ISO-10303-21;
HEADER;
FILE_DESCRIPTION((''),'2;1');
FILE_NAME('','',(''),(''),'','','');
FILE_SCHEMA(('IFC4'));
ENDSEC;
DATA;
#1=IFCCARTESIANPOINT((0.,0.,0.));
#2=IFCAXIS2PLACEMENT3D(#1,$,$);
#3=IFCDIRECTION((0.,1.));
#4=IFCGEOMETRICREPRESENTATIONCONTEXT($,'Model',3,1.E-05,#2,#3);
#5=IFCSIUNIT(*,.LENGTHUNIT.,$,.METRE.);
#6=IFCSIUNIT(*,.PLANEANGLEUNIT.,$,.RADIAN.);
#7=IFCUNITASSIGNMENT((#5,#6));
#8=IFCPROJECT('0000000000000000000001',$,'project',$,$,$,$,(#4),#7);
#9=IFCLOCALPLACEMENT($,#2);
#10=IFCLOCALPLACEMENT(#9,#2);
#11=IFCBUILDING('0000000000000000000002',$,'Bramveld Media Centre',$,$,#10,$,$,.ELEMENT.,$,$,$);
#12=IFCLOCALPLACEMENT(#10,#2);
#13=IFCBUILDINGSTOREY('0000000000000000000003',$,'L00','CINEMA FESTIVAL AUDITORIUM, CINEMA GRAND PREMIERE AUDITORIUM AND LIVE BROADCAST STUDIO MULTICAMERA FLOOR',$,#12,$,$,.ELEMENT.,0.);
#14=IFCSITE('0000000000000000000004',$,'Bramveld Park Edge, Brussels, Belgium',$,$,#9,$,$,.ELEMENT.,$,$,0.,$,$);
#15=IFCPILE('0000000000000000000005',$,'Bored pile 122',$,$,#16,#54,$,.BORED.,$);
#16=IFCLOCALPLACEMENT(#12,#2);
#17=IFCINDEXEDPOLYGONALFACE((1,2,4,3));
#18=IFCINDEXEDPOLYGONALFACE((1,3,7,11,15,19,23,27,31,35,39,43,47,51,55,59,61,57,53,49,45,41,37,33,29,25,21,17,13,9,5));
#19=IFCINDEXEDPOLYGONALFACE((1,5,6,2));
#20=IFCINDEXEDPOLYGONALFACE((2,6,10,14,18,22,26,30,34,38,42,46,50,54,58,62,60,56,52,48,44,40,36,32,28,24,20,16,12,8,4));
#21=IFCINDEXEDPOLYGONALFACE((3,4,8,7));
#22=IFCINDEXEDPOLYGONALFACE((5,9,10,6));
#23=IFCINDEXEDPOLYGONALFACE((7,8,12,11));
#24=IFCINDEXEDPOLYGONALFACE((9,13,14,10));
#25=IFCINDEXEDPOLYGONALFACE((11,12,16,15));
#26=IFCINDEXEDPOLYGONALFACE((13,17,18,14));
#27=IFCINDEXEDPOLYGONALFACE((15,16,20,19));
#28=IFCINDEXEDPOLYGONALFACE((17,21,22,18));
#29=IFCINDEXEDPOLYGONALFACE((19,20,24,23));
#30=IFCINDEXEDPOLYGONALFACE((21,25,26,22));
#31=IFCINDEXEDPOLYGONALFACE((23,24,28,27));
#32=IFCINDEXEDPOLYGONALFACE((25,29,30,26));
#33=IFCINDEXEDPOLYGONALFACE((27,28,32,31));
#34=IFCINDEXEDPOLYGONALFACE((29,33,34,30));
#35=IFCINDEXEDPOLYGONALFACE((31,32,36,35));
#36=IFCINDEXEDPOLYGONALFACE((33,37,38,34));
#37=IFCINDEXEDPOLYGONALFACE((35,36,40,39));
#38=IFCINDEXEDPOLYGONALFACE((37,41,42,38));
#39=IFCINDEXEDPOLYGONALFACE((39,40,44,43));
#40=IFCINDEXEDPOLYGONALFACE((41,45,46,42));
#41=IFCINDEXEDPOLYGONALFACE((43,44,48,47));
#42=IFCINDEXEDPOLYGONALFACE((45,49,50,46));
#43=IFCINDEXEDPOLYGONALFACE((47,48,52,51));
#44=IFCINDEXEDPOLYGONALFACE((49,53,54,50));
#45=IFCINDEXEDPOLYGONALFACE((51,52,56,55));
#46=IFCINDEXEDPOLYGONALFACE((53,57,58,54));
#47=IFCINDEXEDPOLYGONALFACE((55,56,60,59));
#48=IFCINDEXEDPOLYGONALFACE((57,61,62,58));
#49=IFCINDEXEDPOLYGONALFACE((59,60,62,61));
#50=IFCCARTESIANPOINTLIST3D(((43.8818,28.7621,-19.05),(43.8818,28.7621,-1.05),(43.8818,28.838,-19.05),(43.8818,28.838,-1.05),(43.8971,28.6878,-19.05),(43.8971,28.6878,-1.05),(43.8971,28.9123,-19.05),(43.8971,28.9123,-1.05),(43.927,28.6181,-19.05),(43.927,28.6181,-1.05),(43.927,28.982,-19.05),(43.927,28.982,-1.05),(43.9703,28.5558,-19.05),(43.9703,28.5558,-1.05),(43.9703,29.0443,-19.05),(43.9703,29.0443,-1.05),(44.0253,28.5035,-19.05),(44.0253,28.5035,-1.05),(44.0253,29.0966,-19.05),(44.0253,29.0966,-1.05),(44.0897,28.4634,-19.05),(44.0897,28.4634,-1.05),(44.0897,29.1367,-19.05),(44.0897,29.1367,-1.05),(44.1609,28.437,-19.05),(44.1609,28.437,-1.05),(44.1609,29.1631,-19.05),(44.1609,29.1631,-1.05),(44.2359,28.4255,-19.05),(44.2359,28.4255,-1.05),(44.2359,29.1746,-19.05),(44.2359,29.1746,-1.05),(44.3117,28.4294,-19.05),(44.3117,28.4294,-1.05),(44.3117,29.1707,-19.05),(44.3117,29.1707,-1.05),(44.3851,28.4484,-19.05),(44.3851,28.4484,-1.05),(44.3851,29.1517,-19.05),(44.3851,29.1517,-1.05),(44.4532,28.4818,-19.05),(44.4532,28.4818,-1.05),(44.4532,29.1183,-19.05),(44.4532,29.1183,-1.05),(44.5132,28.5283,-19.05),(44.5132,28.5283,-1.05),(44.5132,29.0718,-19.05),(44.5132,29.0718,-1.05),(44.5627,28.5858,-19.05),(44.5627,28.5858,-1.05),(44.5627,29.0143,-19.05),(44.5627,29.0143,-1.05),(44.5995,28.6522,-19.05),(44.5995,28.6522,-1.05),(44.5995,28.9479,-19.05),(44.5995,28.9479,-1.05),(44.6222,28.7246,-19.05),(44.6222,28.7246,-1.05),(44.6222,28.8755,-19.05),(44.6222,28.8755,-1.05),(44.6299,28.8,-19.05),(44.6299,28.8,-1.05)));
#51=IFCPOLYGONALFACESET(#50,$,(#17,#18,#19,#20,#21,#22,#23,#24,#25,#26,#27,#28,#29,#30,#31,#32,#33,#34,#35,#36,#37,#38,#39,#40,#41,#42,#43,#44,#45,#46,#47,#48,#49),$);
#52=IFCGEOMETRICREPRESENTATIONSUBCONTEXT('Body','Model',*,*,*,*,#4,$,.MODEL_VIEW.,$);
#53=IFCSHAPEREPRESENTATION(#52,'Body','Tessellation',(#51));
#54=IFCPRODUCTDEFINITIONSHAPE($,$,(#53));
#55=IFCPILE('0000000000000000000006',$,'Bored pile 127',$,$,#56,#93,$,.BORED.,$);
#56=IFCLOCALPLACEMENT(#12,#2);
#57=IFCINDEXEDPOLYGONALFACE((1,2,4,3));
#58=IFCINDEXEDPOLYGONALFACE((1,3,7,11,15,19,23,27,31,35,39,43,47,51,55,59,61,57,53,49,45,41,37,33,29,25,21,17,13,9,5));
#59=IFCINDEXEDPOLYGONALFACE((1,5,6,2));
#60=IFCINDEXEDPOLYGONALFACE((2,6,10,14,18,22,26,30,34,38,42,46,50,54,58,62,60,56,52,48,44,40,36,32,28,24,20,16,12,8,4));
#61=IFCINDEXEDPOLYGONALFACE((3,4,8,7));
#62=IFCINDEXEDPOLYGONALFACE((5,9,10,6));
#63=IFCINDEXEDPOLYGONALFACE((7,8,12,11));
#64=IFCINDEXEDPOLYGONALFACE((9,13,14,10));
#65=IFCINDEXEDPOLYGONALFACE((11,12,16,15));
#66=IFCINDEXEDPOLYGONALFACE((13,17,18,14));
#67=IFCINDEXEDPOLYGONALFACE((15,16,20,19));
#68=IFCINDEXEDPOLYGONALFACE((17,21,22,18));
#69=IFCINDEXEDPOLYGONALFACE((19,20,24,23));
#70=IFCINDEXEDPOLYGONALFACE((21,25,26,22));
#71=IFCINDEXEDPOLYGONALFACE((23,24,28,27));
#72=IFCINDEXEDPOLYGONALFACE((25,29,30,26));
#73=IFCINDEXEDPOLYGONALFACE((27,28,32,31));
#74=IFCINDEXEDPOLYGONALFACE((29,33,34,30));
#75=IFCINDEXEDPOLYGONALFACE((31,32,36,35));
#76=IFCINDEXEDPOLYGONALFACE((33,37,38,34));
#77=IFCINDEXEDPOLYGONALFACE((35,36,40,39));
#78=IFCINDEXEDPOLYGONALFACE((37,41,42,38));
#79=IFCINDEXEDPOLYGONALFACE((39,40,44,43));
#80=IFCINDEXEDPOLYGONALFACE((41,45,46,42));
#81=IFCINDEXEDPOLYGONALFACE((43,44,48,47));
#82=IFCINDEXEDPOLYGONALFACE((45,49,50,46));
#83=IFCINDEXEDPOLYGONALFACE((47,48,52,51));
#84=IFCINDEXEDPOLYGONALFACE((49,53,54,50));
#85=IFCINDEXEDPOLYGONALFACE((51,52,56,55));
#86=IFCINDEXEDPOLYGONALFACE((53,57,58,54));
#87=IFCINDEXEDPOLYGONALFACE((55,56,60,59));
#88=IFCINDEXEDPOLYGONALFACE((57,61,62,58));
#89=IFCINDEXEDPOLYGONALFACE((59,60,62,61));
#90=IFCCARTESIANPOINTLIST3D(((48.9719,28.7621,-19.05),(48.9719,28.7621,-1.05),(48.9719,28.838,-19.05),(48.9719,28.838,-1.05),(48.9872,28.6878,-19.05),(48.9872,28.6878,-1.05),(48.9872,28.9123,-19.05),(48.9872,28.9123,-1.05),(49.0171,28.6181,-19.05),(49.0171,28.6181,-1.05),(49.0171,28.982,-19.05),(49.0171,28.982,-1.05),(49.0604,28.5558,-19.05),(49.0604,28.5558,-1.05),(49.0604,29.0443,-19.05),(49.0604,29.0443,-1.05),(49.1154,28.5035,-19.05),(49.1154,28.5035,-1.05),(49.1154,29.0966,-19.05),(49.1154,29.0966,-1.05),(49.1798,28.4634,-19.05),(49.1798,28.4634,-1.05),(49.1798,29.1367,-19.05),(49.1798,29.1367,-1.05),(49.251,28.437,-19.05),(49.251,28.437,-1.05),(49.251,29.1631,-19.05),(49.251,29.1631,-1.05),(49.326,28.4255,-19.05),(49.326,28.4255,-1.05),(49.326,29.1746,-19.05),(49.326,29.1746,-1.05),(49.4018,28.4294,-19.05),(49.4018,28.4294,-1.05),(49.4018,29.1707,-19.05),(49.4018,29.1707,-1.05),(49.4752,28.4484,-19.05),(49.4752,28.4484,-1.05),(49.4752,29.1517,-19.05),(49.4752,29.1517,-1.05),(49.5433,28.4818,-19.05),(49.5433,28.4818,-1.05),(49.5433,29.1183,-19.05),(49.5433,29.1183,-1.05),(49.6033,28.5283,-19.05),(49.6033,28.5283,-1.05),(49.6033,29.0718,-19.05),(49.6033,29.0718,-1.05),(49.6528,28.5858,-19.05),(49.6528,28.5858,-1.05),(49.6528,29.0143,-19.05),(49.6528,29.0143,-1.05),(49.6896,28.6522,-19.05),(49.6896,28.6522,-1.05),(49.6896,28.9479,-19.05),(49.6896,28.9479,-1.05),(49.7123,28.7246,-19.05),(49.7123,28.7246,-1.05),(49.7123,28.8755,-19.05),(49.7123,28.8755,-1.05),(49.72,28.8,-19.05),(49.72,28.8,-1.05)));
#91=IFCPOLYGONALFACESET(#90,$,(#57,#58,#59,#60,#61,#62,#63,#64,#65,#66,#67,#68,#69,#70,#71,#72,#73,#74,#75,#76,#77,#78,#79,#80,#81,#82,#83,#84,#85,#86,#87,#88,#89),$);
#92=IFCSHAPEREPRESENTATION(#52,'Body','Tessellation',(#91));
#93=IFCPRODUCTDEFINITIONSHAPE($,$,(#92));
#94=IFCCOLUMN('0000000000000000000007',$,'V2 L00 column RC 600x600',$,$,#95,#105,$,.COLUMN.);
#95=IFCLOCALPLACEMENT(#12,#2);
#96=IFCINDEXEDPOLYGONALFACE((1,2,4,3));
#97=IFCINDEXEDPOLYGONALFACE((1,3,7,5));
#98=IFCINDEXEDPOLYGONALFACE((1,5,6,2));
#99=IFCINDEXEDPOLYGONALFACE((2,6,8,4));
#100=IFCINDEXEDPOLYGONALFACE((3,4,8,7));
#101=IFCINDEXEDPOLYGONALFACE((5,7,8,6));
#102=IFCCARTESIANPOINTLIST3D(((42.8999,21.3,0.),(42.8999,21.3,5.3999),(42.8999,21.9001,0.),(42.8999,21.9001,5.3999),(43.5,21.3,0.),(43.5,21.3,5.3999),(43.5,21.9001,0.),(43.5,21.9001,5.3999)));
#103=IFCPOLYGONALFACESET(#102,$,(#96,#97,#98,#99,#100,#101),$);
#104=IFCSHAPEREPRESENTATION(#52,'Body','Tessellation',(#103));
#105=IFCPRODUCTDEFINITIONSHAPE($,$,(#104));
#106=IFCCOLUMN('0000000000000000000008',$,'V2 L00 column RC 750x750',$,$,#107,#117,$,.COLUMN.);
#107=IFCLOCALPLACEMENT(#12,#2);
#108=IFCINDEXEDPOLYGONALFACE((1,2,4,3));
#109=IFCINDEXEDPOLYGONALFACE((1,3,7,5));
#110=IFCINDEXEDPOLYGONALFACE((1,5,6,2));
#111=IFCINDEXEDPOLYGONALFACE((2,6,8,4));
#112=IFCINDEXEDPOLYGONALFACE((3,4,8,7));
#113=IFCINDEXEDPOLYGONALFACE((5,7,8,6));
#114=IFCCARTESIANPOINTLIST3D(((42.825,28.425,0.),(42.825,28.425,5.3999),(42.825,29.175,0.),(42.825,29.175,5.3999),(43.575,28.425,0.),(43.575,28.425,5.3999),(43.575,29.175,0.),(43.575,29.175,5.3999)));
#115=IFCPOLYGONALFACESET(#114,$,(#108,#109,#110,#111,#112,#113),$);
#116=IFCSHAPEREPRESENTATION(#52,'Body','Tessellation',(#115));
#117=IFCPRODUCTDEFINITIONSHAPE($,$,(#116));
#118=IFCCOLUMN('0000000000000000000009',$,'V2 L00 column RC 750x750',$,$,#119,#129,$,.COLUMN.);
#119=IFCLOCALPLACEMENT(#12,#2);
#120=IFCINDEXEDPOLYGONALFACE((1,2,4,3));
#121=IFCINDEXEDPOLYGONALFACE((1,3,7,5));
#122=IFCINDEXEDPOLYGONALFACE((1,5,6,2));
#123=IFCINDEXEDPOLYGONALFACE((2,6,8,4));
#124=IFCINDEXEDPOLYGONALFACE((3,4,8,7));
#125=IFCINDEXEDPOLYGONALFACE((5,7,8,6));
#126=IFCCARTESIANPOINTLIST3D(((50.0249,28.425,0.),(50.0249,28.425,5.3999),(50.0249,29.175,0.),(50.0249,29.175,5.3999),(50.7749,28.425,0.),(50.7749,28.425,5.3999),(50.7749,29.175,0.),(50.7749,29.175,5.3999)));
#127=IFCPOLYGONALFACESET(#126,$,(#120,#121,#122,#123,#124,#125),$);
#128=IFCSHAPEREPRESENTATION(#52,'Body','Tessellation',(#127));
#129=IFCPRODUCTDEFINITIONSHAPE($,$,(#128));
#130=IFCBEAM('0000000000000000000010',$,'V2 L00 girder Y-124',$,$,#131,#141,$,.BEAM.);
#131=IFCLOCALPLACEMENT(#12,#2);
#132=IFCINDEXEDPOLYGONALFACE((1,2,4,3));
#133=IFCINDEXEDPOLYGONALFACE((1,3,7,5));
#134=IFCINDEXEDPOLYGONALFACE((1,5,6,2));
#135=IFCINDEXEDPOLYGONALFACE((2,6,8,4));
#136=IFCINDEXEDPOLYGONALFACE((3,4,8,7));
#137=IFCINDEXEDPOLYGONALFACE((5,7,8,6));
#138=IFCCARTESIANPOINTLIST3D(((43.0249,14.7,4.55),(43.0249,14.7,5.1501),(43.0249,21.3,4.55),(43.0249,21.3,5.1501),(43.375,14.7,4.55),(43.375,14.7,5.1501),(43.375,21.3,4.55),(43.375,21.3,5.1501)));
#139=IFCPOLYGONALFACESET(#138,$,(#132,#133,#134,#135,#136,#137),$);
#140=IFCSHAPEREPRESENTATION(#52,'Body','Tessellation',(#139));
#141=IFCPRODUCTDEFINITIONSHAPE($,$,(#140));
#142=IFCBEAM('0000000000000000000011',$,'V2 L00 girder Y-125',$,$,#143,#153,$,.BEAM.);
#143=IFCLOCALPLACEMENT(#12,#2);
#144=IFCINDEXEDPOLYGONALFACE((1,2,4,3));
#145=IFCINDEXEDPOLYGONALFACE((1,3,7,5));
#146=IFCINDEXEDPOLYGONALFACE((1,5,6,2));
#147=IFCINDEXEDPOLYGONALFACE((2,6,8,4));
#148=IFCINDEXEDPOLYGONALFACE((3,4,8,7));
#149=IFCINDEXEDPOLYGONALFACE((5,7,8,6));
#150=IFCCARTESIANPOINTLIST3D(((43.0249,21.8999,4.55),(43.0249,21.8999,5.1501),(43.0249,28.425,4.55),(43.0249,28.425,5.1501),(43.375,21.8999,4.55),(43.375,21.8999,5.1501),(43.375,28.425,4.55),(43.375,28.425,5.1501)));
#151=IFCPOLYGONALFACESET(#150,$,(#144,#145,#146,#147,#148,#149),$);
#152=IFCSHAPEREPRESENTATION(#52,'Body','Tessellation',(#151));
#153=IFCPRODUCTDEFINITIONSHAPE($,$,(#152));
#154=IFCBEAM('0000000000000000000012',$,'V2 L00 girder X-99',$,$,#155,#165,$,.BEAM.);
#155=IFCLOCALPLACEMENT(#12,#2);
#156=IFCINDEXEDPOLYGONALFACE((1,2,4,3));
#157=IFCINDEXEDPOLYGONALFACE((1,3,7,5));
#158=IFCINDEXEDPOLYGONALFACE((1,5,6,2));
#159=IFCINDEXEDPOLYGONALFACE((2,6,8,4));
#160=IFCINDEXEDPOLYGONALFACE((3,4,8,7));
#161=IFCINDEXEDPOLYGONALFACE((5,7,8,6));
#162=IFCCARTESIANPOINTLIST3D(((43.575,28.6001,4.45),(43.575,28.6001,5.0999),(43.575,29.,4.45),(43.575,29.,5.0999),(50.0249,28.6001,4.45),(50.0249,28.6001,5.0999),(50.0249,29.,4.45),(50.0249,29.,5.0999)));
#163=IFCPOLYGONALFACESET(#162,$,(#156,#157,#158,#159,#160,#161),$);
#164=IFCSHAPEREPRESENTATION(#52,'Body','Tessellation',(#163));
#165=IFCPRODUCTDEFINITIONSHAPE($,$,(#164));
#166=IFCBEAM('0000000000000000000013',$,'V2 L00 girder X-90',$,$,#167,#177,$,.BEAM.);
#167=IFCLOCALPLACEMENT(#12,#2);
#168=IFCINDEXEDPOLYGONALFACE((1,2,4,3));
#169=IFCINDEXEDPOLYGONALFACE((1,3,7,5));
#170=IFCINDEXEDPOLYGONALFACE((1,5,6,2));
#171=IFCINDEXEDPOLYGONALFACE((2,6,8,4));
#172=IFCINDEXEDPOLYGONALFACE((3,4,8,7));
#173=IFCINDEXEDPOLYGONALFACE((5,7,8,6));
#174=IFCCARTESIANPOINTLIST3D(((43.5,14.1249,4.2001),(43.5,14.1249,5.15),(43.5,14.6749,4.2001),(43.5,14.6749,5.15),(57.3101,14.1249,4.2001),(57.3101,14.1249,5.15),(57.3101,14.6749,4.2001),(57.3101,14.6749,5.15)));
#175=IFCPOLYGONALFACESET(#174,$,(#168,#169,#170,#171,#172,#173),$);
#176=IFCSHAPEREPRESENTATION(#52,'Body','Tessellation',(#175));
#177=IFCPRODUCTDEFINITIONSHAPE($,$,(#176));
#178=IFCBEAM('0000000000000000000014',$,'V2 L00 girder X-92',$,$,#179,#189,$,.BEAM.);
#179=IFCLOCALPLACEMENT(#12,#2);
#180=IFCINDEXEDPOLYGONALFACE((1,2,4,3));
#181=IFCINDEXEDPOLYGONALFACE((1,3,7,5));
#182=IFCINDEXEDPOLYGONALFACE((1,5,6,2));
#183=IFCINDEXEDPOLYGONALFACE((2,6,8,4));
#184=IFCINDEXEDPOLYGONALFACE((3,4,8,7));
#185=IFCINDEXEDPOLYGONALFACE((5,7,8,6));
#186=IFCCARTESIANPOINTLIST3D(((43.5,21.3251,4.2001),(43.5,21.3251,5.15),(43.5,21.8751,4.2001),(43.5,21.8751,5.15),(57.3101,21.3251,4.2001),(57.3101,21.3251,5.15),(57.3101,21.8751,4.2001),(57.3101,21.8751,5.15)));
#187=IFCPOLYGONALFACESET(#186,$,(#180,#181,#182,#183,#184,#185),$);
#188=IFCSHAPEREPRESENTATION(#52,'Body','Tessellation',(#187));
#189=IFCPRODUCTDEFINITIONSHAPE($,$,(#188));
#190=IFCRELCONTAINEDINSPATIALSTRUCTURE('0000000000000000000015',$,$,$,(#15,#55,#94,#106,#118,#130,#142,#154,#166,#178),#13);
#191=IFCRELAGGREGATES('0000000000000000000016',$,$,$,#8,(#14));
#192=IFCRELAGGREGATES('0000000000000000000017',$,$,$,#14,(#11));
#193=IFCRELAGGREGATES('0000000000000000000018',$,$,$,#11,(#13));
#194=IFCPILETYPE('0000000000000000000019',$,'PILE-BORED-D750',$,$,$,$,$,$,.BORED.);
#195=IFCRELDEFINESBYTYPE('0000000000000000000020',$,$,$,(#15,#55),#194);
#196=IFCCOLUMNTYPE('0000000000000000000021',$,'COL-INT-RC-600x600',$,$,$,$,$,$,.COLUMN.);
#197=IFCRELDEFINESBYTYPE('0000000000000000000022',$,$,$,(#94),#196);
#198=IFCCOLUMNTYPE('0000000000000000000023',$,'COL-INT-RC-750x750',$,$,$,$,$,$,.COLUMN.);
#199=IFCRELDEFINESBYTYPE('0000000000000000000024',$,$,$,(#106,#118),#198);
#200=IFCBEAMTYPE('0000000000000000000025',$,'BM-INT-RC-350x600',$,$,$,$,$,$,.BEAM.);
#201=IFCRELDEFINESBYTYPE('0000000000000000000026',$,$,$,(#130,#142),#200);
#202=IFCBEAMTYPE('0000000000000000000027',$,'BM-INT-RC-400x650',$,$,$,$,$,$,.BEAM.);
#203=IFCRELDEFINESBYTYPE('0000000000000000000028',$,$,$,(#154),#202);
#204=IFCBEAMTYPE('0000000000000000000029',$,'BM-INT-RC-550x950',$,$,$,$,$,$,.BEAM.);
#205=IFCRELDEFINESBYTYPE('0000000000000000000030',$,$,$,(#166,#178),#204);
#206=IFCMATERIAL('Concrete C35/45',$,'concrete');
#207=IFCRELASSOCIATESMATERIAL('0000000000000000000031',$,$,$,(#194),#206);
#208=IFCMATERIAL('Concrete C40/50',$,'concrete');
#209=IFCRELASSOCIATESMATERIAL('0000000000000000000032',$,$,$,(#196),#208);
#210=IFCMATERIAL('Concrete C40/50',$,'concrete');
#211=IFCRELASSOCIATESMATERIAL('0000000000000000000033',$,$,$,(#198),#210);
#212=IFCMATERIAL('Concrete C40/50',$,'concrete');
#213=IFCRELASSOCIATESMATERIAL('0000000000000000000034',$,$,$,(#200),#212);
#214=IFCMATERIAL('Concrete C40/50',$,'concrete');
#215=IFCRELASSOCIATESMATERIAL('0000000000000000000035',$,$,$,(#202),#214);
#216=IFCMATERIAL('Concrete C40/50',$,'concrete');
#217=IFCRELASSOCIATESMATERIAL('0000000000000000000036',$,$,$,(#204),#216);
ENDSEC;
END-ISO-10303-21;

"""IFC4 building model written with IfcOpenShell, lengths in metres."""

from ifc_helpers import new_model, si_unit, direction, frame, origin, origin_2d, place, context, subcontext, project, spatial, rectangle, circle, extrude, material, material_profile, profile_set, type_object, element, save


model = new_model("IFC4")

# Units and contexts
model_context = context("Model", 3, precision=1e-05, world=origin(), true_north=direction((0.0, 1.0)))
body_context = subcontext(model_context, "Body", "Model", "MODEL_VIEW")
ifc_project = project(units=[si_unit("LENGTHUNIT", "METRE"), si_unit("PLANEANGLEUNIT", "RADIAN")], contexts=[model_context])

# Site, building, storey
site_placement = place(None, origin())
site = spatial("IfcSite", under=ifc_project, at=site_placement, Name="Bramveld Park Edge, Brussels, Belgium", CompositionType="ELEMENT", RefElevation=0.0)
building_placement = place(site_placement, origin())
building = spatial("IfcBuilding", under=site, at=building_placement, Name="Bramveld Media Centre", CompositionType="ELEMENT")
storey_placement = place(building_placement, origin())
storey = spatial("IfcBuildingStorey", under=building, at=storey_placement, Name="L00", Description="CINEMA FESTIVAL AUDITORIUM, CINEMA GRAND PREMIERE AUDITORIUM AND LIVE BROADCAST STUDIO MULTICAMERA FLOOR", CompositionType="ELEMENT", Elevation=0.0)

# Piles
ifc_material_1 = material(Name="Concrete C35/45", Category="concrete")
ifc_material_profile_1 = material_profile(ifc_material_1, circle(Radius=0.375, at=origin_2d()), Name="BORED D750")
ifc_profile_set_1 = profile_set([ifc_material_profile_1], Name="Concrete C35/45")
pile_type = type_object("IfcPileType", Name="PILE-BORED-D750", PredefinedType="BORED", material=ifc_profile_set_1)
for number, where, z_axis, x_axis, name in (
    (1, (44.2549, 28.8, -1.05), (0.0, 0.0, -1.0), (1.0, 0.0, 0.0), "Bored pile 122"),
    (2, (49.345, 28.8, -1.05), (0.0, 0.0, -1.0), (1.0, 0.0, 0.0), "Bored pile 127"),
):
    element("IfcPile", number, at=place(storey_placement, frame(where, z_axis=z_axis, x_axis=x_axis)), inside=storey, type_object=pile_type, Name=name, PredefinedType="BORED", context=body_context, shape_type="SweptSolid", body=[
        extrude(circle(Radius=0.375, at=origin_2d()), origin(), (0.0, 0.0, 1.0), 18.0),
    ])

# Columns
ifc_material_2 = material(Name="Concrete C40/50", Category="concrete")
ifc_material_profile_2 = material_profile(ifc_material_2, rectangle(XDim=0.6001, YDim=0.6001, at=origin_2d()), Name="RC 600x600")
ifc_profile_set_2 = profile_set([ifc_material_profile_2], Name="Concrete C40/50")
column_type_1 = type_object("IfcColumnType", Name="COL-INT-RC-600x600", PredefinedType="COLUMN", material=ifc_profile_set_2)
column_placement = place(storey_placement, frame((43.2, 21.6001, 0.0), z_axis=(0.0, 0.0, 1.0), x_axis=(1.0, 0.0, 0.0)))
element("IfcColumn", 3, at=column_placement, inside=storey, type_object=column_type_1, Name="V2 L00 column RC 600x600", PredefinedType="COLUMN", context=body_context, shape_type="SweptSolid", body=[
    extrude(rectangle(XDim=0.6001, YDim=0.6001, at=origin_2d()), origin(), (0.0, 0.0, 1.0), 5.3999),
])
ifc_material_3 = material(Name="Concrete C40/50", Category="concrete")
ifc_material_profile_3 = material_profile(ifc_material_3, rectangle(XDim=0.75, YDim=0.75, at=origin_2d()), Name="RC 750x750")
ifc_profile_set_3 = profile_set([ifc_material_profile_3], Name="Concrete C40/50")
column_type_2 = type_object("IfcColumnType", Name="COL-INT-RC-750x750", PredefinedType="COLUMN", material=ifc_profile_set_3)
for number, where, z_axis, x_axis, name in (
    (4, (43.2, 28.8, 0.0), (0.0, 0.0, 1.0), (1.0, 0.0, 0.0), "V2 L00 column RC 750x750"),
    (5, (50.3999, 28.8, 0.0), (0.0, 0.0, 1.0), (1.0, 0.0, 0.0), "V2 L00 column RC 750x750"),
):
    element("IfcColumn", number, at=place(storey_placement, frame(where, z_axis=z_axis, x_axis=x_axis)), inside=storey, type_object=column_type_2, Name=name, PredefinedType="COLUMN", context=body_context, shape_type="SweptSolid", body=[
        extrude(rectangle(XDim=0.75, YDim=0.75, at=origin_2d()), origin(), (0.0, 0.0, 1.0), 5.3999),
    ])

# Beams
ifc_material_4 = material(Name="Concrete C40/50", Category="concrete")
ifc_material_profile_4 = material_profile(ifc_material_4, rectangle(XDim=0.3501, YDim=0.6001, at=origin_2d()), Name="RC 350x600")
ifc_profile_set_4 = profile_set([ifc_material_profile_4], Name="Concrete C40/50")
beam_type_1 = type_object("IfcBeamType", Name="BM-INT-RC-350x600", PredefinedType="BEAM", material=ifc_profile_set_4)
beam_1_placement = place(storey_placement, frame((43.2, 14.7, 4.8501), z_axis=(0.0, 1.0, 0.0), x_axis=(-1.0, 0.0, 0.0)))
element("IfcBeam", 6, at=beam_1_placement, inside=storey, type_object=beam_type_1, Name="V2 L00 girder Y-124", PredefinedType="BEAM", context=body_context, shape_type="SweptSolid", body=[
    extrude(rectangle(XDim=0.3501, YDim=0.6001, at=origin_2d()), origin(), (0.0, 0.0, 1.0), 6.6001),
])
beam_2_placement = place(storey_placement, frame((43.2, 21.8999, 4.8501), z_axis=(0.0, 1.0, 0.0), x_axis=(-1.0, 0.0, 0.0)))
element("IfcBeam", 7, at=beam_2_placement, inside=storey, type_object=beam_type_1, Name="V2 L00 girder Y-125", PredefinedType="BEAM", context=body_context, shape_type="SweptSolid", body=[
    extrude(rectangle(XDim=0.3501, YDim=0.6001, at=origin_2d()), origin(), (0.0, 0.0, 1.0), 6.5251),
])
ifc_material_5 = material(Name="Concrete C40/50", Category="concrete")
ifc_material_profile_5 = material_profile(ifc_material_5, rectangle(XDim=0.3999, YDim=0.6499, at=origin_2d()), Name="RC 400x650")
ifc_profile_set_5 = profile_set([ifc_material_profile_5], Name="Concrete C40/50")
beam_type_2 = type_object("IfcBeamType", Name="BM-INT-RC-400x650", PredefinedType="BEAM", material=ifc_profile_set_5)
beam_3_placement = place(storey_placement, frame((43.575, 28.8, 4.7749), z_axis=(1.0, 0.0, 0.0), x_axis=(0.0, 1.0, 0.0)))
element("IfcBeam", 8, at=beam_3_placement, inside=storey, type_object=beam_type_2, Name="V2 L00 girder X-99", PredefinedType="BEAM", context=body_context, shape_type="SweptSolid", body=[
    extrude(rectangle(XDim=0.3999, YDim=0.6499, at=origin_2d()), origin(), (0.0, 0.0, 1.0), 6.45),
])
ifc_material_6 = material(Name="Concrete C40/50", Category="concrete")
ifc_material_profile_6 = material_profile(ifc_material_6, rectangle(XDim=0.55, YDim=0.95, at=origin_2d()), Name="RC 550x950")
ifc_profile_set_6 = profile_set([ifc_material_profile_6], Name="Concrete C40/50")
beam_type_3 = type_object("IfcBeamType", Name="BM-INT-RC-550x950", PredefinedType="BEAM", material=ifc_profile_set_6)
for number, where, z_axis, x_axis, name in (
    (9, (43.5, 14.3999, 4.675), (1.0, 0.0, 0.0), (0.0, 1.0, 0.0), "V2 L00 girder X-90"),
    (10, (43.5, 21.6001, 4.675), (1.0, 0.0, 0.0), (0.0, 1.0, 0.0), "V2 L00 girder X-92"),
):
    element("IfcBeam", number, at=place(storey_placement, frame(where, z_axis=z_axis, x_axis=x_axis)), inside=storey, type_object=beam_type_3, Name=name, PredefinedType="BEAM", context=body_context, shape_type="SweptSolid", body=[
        extrude(rectangle(XDim=0.55, YDim=0.95, at=origin_2d()), origin(), (0.0, 0.0, 1.0), 13.8101),
    ])

save(model, "model.ifc")
